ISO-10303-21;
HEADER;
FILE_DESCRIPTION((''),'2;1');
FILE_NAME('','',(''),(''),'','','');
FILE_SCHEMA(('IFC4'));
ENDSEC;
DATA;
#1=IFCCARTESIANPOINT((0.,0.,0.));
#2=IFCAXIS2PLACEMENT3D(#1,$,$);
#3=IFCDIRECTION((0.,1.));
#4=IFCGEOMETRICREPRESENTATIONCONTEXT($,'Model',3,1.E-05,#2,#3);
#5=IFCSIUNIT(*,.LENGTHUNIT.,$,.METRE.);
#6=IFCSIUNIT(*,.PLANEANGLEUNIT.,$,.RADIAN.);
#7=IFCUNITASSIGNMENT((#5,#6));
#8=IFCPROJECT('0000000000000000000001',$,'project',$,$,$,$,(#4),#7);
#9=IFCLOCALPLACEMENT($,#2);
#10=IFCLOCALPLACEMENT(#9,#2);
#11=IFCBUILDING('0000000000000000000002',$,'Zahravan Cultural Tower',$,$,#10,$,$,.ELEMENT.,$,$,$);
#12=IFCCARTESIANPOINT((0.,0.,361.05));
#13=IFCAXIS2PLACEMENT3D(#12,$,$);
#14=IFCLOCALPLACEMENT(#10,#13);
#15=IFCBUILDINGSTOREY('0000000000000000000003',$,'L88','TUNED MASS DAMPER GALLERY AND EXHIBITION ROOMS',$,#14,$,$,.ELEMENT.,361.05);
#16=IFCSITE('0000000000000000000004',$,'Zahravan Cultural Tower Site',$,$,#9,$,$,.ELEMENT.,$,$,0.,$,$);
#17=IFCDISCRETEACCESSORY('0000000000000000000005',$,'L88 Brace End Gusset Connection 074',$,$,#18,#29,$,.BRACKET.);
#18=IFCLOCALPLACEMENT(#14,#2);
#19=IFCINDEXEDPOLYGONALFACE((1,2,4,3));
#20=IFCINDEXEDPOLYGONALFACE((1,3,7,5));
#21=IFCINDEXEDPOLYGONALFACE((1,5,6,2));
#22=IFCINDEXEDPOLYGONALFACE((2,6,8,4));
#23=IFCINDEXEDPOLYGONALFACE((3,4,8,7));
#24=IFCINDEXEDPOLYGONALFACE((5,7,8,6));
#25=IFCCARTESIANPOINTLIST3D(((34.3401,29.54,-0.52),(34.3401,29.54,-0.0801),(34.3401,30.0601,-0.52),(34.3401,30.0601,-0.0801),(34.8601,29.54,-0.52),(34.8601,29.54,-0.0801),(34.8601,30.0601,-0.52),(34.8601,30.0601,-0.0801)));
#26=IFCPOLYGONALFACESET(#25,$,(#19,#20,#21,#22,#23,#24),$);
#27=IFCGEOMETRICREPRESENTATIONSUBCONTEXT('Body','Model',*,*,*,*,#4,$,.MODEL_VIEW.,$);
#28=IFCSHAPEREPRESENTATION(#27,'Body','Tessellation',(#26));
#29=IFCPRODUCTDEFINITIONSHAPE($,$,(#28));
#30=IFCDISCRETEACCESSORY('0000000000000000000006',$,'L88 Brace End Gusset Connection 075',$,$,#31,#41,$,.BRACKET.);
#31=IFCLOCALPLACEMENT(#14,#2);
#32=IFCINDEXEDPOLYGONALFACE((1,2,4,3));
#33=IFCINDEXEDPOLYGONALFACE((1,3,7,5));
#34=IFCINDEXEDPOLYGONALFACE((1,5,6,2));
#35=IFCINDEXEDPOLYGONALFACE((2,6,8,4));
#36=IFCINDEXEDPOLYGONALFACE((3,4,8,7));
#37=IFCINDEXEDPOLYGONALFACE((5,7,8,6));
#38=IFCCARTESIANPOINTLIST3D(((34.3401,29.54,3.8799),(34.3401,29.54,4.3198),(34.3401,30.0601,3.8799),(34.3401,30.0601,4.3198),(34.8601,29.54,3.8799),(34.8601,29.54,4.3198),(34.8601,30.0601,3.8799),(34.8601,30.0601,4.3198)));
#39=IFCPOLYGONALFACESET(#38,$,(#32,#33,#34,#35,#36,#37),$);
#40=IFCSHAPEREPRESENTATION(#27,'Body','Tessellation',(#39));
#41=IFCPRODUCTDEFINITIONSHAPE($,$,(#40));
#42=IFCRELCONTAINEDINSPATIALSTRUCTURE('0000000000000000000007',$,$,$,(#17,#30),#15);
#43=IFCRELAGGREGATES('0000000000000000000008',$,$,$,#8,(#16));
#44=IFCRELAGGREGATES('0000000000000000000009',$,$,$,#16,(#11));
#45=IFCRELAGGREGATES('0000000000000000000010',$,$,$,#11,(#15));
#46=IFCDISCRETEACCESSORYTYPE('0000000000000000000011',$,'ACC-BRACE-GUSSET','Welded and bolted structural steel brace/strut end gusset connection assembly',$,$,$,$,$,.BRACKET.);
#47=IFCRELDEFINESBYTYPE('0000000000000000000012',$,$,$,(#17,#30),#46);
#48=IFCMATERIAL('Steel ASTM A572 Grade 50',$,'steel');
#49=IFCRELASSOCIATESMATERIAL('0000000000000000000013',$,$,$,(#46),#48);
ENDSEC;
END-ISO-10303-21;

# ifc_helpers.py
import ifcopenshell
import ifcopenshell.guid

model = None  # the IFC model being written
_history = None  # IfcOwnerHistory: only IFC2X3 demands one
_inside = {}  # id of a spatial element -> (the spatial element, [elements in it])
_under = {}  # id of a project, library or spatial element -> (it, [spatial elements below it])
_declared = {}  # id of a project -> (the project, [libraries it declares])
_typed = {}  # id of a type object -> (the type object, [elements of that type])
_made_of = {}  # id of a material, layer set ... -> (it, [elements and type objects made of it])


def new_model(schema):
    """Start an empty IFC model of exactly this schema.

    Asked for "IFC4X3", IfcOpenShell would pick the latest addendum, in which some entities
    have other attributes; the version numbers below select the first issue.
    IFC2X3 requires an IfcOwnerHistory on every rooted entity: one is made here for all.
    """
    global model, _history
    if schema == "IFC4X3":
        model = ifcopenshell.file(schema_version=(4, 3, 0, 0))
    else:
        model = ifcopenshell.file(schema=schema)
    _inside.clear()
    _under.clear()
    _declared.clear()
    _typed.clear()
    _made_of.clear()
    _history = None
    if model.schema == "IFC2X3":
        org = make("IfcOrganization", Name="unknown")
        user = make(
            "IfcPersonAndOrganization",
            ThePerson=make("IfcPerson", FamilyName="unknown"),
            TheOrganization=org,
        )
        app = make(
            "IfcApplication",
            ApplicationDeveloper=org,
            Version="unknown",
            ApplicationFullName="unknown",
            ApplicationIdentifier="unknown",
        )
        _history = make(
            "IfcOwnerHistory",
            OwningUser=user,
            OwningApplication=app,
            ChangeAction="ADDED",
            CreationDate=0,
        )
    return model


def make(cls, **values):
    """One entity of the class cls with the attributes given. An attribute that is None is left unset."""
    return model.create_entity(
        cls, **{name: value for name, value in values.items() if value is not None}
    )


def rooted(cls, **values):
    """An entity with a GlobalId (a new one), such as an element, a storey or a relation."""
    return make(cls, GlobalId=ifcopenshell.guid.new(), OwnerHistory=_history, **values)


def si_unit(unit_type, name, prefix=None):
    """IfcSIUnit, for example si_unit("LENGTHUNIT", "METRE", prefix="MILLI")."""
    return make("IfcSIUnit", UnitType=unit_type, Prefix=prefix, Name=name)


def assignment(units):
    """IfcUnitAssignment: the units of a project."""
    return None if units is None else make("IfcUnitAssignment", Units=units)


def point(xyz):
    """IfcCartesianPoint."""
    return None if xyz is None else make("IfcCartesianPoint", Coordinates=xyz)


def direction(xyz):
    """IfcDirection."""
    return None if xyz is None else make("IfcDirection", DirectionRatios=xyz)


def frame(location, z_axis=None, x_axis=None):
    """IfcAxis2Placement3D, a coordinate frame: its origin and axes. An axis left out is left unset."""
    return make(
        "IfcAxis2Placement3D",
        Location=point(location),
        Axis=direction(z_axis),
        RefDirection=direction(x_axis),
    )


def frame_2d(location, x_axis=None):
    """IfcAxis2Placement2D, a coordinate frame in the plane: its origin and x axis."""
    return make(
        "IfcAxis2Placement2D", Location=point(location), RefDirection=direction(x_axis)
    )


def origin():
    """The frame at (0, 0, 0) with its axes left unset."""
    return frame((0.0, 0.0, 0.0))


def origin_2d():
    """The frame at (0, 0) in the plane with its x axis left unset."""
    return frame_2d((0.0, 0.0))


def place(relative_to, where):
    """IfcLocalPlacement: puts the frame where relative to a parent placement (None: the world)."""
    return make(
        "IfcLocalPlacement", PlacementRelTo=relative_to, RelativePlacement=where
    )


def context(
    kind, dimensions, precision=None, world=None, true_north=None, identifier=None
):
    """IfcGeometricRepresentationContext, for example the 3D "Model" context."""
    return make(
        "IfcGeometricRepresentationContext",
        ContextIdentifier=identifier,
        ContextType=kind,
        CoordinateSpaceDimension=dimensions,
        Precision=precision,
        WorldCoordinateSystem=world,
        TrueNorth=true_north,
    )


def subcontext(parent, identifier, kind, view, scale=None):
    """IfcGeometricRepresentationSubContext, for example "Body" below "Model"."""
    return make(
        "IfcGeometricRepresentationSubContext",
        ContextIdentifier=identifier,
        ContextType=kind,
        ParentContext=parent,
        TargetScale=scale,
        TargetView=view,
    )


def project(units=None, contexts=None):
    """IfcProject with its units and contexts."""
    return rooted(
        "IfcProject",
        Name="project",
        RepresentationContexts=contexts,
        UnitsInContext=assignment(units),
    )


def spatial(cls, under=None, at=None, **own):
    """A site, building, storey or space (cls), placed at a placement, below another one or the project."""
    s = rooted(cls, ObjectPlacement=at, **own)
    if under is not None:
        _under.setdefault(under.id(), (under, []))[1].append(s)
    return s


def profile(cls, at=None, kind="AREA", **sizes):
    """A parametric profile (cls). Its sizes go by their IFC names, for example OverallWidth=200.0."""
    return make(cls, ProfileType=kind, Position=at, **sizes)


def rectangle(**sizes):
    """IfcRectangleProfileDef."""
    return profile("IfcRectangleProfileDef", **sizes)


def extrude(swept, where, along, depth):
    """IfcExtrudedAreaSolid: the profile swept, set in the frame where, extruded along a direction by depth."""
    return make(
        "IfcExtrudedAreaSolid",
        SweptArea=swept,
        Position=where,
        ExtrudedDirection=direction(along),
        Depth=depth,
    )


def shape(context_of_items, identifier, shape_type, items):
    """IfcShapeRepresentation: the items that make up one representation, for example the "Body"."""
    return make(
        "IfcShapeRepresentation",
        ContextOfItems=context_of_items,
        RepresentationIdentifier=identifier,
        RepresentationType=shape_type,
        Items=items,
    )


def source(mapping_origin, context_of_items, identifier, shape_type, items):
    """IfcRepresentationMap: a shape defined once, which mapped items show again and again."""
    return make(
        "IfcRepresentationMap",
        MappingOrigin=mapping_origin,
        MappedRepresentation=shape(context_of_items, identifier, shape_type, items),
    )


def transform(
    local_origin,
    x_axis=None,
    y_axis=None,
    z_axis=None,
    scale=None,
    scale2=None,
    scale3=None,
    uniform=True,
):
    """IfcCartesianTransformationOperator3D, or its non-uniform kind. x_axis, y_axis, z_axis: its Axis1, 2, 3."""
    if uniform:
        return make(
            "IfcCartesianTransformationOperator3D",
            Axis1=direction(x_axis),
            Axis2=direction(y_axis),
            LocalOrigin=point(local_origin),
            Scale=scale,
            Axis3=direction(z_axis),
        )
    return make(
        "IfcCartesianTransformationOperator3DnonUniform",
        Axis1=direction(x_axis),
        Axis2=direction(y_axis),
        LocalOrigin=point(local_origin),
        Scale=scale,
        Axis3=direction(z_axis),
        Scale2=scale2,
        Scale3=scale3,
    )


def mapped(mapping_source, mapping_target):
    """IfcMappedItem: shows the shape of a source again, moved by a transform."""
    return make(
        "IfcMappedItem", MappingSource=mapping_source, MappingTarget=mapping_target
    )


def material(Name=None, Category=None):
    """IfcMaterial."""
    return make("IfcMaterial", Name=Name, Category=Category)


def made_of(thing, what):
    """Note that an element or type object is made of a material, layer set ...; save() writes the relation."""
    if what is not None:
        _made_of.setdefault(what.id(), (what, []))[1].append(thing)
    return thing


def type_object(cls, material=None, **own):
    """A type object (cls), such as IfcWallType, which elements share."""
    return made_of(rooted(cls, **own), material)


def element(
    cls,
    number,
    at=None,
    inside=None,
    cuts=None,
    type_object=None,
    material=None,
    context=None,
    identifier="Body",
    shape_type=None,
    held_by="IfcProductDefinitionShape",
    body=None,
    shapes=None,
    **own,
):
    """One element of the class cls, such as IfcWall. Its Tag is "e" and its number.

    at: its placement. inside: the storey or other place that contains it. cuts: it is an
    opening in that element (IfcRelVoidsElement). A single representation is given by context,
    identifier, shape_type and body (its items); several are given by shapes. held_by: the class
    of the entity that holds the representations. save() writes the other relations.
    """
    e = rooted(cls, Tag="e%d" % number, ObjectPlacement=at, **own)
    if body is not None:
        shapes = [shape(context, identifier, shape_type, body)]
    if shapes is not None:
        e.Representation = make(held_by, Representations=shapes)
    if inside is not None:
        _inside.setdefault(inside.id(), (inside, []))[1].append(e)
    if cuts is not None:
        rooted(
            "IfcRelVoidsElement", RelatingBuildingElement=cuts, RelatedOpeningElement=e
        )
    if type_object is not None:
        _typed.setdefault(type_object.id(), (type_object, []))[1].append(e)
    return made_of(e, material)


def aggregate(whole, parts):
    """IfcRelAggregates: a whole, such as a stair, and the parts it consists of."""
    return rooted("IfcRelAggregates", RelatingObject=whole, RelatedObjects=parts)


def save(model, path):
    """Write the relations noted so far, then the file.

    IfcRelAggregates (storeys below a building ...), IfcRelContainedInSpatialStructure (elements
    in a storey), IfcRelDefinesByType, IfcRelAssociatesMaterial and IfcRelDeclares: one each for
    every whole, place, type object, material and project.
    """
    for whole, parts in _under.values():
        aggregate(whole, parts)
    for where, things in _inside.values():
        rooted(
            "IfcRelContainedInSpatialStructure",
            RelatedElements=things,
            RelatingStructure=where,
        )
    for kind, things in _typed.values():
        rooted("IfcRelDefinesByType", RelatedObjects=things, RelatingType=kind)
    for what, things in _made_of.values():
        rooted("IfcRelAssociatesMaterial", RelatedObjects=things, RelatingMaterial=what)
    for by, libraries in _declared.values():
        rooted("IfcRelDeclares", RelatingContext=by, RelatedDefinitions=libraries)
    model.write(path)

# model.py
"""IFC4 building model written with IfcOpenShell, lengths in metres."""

from ifc_helpers import new_model, si_unit, direction, frame, origin, origin_2d, place, context, subcontext, project, spatial, rectangle, extrude, source, transform, mapped, material, type_object, element, save


model = new_model("IFC4")

# Units and contexts
model_context = context("Model", 3, precision=1e-05, world=origin(), true_north=direction((0.0, 1.0)))
body_context = subcontext(model_context, "Body", "Model", "MODEL_VIEW")
ifc_project = project(units=[si_unit("LENGTHUNIT", "METRE"), si_unit("PLANEANGLEUNIT", "RADIAN")], contexts=[model_context])

# Site, building, storey
site_placement = place(None, origin())
site = spatial("IfcSite", under=ifc_project, at=site_placement, Name="Zahravan Cultural Tower Site", CompositionType="ELEMENT", RefElevation=0.0)
building_placement = place(site_placement, origin())
building = spatial("IfcBuilding", under=site, at=building_placement, Name="Zahravan Cultural Tower", CompositionType="ELEMENT")
storey_placement = place(building_placement, frame((0.0, 0.0, 361.05)))
storey = spatial("IfcBuildingStorey", under=building, at=storey_placement, Name="L88", Description="TUNED MASS DAMPER GALLERY AND EXHIBITION ROOMS", CompositionType="ELEMENT", Elevation=361.05)

# Shared definitions
ifc_material_1 = material(Name="Steel ASTM A572 Grade 50", Category="steel")

# Discrete accessories
discrete_accessory_type = type_object("IfcDiscreteAccessoryType", Name="ACC-BRACE-GUSSET", Description="Welded and bolted structural steel brace/strut end gusset connection assembly", PredefinedType="BRACKET", material=ifc_material_1)
shared_shape_1 = source(origin(), body_context, "Body", "SweptSolid", [
    extrude(rectangle(XDim=0.52, YDim=0.52, at=origin_2d()), origin(), (0.0, 0.0, 1.0), 0.4399),
])
for number, where, z_axis, x_axis, name in (
    (1, (34.6001, 29.8, -0.52), (0.0, 0.0, 1.0), (1.0, 0.0, 0.0), "L88 Brace End Gusset Connection 074"),
    (2, (34.6001, 29.8, 3.8799), (0.0, 0.0, 1.0), (1.0, 0.0, 0.0), "L88 Brace End Gusset Connection 075"),
):
    element("IfcDiscreteAccessory", number, at=place(storey_placement, frame(where, z_axis=z_axis, x_axis=x_axis)), inside=storey, type_object=discrete_accessory_type, Name=name, PredefinedType="BRACKET", context=body_context, shape_type="MappedRepresentation", body=[
        mapped(shared_shape_1, transform((0.0, 0.0, 0.0), x_axis=(1.0, 0.0, 0.0), y_axis=(0.0, 1.0, 0.0), z_axis=(0.0, 0.0, 1.0), scale=1.0)),
    ])

save(model, "model.ifc")
